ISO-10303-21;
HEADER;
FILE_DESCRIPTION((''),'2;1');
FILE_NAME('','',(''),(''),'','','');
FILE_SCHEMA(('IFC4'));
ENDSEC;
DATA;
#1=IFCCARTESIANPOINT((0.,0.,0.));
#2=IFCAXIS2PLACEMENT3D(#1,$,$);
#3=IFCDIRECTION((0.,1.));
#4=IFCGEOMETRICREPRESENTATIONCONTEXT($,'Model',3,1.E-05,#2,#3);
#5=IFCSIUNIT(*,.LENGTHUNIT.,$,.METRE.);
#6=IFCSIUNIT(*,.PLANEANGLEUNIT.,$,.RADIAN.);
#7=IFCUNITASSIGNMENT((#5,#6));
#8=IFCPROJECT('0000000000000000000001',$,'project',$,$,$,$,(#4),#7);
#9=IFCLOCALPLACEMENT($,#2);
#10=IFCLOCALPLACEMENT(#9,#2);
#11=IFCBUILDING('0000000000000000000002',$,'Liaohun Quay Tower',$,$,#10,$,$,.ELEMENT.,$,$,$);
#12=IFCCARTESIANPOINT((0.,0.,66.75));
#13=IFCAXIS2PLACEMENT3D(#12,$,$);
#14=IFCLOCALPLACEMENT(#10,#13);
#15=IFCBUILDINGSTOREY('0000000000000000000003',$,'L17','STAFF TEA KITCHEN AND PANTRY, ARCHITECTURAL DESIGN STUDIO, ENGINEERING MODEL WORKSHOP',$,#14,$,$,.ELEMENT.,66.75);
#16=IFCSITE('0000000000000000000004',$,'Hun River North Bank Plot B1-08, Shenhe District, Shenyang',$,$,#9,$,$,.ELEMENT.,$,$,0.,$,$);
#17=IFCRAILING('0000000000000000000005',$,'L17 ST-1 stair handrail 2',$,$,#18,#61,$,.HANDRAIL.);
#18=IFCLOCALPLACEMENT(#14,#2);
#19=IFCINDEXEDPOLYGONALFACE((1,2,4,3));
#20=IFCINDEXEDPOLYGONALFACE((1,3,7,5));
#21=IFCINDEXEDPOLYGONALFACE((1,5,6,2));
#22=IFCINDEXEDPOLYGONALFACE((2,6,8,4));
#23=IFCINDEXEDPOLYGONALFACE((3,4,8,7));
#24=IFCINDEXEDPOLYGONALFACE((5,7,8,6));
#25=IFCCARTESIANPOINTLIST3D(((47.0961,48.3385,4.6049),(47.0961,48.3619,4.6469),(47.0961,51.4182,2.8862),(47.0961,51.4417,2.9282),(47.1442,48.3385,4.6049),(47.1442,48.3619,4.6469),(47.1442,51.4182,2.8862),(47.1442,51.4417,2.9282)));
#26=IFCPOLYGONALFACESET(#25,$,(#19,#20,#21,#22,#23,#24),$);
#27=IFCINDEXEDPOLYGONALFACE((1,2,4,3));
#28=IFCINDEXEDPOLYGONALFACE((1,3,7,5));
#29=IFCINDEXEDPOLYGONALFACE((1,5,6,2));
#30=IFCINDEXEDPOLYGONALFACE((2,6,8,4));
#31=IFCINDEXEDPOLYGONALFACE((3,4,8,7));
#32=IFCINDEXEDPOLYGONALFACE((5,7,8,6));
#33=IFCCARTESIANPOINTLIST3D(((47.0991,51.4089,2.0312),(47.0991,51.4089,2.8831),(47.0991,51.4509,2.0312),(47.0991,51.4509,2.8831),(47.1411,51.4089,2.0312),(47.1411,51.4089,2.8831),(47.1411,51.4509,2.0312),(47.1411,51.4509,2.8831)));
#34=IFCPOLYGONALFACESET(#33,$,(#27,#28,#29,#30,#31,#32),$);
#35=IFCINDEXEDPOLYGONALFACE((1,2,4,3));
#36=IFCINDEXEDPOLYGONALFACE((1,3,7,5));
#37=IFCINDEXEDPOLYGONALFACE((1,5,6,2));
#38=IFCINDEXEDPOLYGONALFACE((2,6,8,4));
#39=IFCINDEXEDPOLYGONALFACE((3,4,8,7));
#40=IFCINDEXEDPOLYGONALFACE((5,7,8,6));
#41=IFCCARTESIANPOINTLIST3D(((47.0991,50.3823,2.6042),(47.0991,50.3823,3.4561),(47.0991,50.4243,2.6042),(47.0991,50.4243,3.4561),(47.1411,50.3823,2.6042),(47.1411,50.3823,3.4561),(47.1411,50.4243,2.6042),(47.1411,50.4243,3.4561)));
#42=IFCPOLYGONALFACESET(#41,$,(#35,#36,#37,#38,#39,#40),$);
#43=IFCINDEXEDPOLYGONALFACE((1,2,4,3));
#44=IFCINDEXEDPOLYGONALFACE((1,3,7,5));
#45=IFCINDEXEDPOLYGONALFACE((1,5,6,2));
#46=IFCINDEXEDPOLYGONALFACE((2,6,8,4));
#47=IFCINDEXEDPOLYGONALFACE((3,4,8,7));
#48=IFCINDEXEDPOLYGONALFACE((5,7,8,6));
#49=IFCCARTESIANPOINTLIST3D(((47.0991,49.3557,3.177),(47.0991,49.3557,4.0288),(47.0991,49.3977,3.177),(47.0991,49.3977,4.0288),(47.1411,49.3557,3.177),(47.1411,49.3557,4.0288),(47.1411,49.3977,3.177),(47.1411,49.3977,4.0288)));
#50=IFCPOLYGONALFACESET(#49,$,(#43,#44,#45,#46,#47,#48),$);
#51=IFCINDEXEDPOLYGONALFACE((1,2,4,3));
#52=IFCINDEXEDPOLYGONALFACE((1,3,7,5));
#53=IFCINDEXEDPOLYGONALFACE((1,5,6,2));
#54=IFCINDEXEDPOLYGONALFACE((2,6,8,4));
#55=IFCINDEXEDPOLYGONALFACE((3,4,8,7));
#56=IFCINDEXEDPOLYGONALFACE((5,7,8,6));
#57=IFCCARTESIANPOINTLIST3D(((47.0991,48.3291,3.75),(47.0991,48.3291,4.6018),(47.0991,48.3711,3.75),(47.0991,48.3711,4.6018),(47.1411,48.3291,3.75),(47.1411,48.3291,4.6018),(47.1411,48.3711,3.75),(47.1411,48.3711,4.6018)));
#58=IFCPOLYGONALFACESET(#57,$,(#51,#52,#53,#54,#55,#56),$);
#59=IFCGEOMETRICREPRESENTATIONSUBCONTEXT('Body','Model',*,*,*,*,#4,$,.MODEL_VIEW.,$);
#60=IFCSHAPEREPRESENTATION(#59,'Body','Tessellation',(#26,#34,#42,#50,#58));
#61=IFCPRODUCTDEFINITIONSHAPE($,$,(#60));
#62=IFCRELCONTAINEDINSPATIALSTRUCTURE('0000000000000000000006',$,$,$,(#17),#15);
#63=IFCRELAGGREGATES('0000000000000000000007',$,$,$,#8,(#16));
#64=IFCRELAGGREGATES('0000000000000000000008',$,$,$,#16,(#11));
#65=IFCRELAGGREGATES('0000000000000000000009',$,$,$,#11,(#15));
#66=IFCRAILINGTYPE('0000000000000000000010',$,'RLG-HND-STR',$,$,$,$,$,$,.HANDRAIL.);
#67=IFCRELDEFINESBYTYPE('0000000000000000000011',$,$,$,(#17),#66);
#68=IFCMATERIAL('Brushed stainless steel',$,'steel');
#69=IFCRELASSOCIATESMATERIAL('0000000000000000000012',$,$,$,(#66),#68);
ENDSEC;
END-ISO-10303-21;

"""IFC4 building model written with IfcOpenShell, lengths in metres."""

from ifc_helpers import new_model, si_unit, direction, frame, origin, origin_2d, place, context, subcontext, project, spatial, rectangle, extrude, material, type_object, element, save


model = new_model("IFC4")

# Units and contexts
model_context = context("Model", 3, precision=1e-05, world=origin(), true_north=direction((0.0, 1.0)))
body_context = subcontext(model_context, "Body", "Model", "MODEL_VIEW")
ifc_project = project(units=[si_unit("LENGTHUNIT", "METRE"), si_unit("PLANEANGLEUNIT", "RADIAN")], contexts=[model_context])

# Site, building, storey
site_placement = place(None, origin())
site = spatial("IfcSite", under=ifc_project, at=site_placement, Name="Hun River North Bank Plot B1-08, Shenhe District, Shenyang", CompositionType="ELEMENT", RefElevation=0.0)
building_placement = place(site_placement, origin())
building = spatial("IfcBuilding", under=site, at=building_placement, Name="Liaohun Quay Tower", CompositionType="ELEMENT")
storey_placement = place(building_placement, frame((0.0, 0.0, 66.75)))
storey = spatial("IfcBuildingStorey", under=building, at=storey_placement, Name="L17", Description="STAFF TEA KITCHEN AND PANTRY, ARCHITECTURAL DESIGN STUDIO, ENGINEERING MODEL WORKSHOP", CompositionType="ELEMENT", Elevation=66.75)

# Railing
ifc_material_1 = material(Name="Brushed stainless steel", Category="steel")
railing_type_1 = type_object("IfcRailingType", Name="RLG-HND-STR", PredefinedType="HANDRAIL", material=ifc_material_1)
railing_1_placement = place(storey_placement, frame((47.1201, 51.4299, 2.0312)))
element("IfcRailing", 1, at=railing_1_placement, inside=storey, type_object=railing_type_1, Name="L17 ST-1 stair handrail 2", PredefinedType="HANDRAIL", context=body_context, shape_type="SweptSolid", body=[
    extrude(rectangle(XDim=0.0481, YDim=0.0481, at=origin_2d()), frame((0.0, 0.0, 0.876), z_axis=(0.0, -0.873225, 0.487317), x_axis=(1.0, 0.0, 0.0)), (0.0, 0.0, 1.0), 3.5269),
    extrude(rectangle(XDim=0.042, YDim=0.042, at=origin_2d()), origin(), (0.0, 0.0, 1.0), 0.8518),
    extrude(rectangle(XDim=0.042, YDim=0.042, at=origin_2d()), frame((0.0, -1.0266, 0.573)), (0.0, 0.0, 1.0), 0.8518),
    extrude(rectangle(XDim=0.042, YDim=0.042, at=origin_2d()), frame((0.0, -2.0532, 1.1458)), (0.0, 0.0, 1.0), 0.8518),
    extrude(rectangle(XDim=0.042, YDim=0.042, at=origin_2d()), frame((0.0, -3.0798, 1.7188)), (0.0, 0.0, 1.0), 0.8518),
])

save(model, "model.ifc")
